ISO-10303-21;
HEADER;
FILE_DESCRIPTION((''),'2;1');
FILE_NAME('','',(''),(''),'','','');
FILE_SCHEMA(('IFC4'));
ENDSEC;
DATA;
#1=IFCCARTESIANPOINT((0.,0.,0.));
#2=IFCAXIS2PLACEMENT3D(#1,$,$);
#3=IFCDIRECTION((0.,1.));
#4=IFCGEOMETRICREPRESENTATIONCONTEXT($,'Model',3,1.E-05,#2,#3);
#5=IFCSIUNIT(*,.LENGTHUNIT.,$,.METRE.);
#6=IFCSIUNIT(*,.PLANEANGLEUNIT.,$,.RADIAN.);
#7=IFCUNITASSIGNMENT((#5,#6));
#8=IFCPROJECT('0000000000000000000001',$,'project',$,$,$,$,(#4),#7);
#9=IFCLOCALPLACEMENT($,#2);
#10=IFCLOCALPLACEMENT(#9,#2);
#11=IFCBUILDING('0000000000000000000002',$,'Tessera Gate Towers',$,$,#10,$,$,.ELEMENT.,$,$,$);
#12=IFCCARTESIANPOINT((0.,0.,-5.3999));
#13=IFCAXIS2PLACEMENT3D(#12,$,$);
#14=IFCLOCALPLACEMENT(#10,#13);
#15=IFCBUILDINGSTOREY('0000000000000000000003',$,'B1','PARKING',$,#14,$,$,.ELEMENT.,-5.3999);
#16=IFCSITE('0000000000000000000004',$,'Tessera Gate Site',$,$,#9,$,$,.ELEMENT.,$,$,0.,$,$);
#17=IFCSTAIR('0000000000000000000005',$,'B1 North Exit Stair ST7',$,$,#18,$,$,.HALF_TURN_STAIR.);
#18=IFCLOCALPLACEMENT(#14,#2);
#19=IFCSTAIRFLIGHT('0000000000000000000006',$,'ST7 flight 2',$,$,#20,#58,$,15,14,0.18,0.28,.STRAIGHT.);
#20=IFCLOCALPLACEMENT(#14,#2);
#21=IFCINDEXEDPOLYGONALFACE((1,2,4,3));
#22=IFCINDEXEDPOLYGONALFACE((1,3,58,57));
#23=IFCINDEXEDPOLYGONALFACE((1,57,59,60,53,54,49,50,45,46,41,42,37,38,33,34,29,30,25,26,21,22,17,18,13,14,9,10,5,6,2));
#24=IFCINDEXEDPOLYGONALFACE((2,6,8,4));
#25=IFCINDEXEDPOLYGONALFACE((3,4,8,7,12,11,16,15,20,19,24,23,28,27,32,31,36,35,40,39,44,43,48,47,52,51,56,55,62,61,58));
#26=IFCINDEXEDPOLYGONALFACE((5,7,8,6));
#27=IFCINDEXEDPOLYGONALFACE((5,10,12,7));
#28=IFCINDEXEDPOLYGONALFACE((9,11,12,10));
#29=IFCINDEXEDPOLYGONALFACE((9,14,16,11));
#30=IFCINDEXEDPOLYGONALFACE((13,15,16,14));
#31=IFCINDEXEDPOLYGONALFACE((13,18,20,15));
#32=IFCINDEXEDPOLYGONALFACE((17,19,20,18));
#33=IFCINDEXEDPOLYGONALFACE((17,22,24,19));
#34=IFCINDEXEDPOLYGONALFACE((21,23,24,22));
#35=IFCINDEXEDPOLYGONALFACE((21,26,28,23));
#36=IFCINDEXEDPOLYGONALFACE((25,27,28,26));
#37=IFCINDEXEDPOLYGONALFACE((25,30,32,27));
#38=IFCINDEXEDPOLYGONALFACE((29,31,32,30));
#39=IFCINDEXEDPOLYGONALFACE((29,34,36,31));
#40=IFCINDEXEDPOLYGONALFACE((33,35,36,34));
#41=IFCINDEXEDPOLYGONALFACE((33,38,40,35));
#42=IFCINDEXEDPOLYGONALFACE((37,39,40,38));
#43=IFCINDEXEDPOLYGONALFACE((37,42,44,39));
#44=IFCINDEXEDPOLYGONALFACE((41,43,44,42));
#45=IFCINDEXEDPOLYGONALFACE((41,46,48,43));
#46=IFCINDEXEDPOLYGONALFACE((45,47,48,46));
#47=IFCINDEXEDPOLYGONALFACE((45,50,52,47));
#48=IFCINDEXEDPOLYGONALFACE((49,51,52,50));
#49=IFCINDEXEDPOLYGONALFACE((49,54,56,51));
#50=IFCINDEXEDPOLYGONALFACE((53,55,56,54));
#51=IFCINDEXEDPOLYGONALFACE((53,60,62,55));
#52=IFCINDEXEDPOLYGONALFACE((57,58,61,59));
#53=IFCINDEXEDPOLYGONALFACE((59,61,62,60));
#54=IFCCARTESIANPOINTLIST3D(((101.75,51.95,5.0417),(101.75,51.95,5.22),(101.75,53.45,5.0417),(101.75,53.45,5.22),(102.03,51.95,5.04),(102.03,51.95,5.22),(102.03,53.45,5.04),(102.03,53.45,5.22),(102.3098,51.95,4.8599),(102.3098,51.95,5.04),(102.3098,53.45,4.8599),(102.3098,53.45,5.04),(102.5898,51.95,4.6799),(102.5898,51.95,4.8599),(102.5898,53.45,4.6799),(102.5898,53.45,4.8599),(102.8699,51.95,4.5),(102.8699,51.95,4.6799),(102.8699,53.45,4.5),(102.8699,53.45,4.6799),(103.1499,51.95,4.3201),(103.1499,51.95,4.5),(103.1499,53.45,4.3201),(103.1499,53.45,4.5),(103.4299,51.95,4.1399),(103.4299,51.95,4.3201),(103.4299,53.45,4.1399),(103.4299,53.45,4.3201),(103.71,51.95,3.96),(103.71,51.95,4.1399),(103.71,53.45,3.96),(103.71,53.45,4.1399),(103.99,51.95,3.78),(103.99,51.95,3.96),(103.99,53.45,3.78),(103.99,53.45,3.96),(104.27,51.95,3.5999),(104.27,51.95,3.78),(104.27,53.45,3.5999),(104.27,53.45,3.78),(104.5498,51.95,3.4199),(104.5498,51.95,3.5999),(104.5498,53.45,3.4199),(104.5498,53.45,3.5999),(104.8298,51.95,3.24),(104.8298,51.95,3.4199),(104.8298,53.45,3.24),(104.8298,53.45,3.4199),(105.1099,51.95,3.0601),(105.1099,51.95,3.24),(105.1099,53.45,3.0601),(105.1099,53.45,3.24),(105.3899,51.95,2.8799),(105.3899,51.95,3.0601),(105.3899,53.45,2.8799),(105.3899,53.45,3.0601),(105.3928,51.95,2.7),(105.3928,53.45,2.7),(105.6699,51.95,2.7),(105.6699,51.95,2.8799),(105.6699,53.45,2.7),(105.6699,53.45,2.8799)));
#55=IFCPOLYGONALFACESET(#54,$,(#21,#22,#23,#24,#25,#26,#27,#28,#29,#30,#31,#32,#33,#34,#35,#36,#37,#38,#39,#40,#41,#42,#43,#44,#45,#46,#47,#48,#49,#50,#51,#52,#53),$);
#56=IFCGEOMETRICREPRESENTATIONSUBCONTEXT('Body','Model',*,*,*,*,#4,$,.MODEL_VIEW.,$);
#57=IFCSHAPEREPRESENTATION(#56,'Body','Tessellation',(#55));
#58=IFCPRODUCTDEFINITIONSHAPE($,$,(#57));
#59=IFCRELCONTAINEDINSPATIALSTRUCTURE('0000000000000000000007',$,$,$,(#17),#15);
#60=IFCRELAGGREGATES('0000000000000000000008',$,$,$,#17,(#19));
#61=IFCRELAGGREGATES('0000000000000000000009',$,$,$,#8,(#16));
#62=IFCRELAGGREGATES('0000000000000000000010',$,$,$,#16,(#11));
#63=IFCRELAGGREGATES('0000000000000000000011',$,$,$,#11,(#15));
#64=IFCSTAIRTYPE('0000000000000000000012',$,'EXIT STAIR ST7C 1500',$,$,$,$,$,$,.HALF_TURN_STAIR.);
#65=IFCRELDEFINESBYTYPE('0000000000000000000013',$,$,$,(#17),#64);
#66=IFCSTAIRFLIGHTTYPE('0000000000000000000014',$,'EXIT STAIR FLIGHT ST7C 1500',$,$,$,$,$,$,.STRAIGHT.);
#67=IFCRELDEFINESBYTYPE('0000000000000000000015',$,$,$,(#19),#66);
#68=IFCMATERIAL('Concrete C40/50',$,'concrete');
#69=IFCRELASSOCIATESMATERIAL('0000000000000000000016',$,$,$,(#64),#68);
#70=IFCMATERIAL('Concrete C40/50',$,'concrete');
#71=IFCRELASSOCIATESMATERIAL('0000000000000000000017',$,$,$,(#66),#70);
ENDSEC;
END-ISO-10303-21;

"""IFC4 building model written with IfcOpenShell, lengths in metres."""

from ifc_helpers import new_model, si_unit, direction, frame, origin, place, context, subcontext, project, spatial, polyline, outline, extrude, material, type_object, element, aggregate, save


model = new_model("IFC4")

# Units and contexts
model_context = context("Model", 3, precision=1e-05, world=origin(), true_north=direction((0.0, 1.0)))
body_context = subcontext(model_context, "Body", "Model", "MODEL_VIEW")
ifc_project = project(units=[si_unit("LENGTHUNIT", "METRE"), si_unit("PLANEANGLEUNIT", "RADIAN")], contexts=[model_context])

# Site, building, storey
site_placement = place(None, origin())
site = spatial("IfcSite", under=ifc_project, at=site_placement, Name="Tessera Gate Site", CompositionType="ELEMENT", RefElevation=0.0)
building_placement = place(site_placement, origin())
building = spatial("IfcBuilding", under=site, at=building_placement, Name="Tessera Gate Towers", CompositionType="ELEMENT")
storey_placement = place(building_placement, frame((0.0, 0.0, -5.3999)))
storey = spatial("IfcBuildingStorey", under=building, at=storey_placement, Name="B1", Description="PARKING", CompositionType="ELEMENT", Elevation=-5.3999)

# Stair, stair flight
ifc_material_1 = material(Name="Concrete C40/50", Category="concrete")
stair_type = type_object("IfcStairType", Name="EXIT STAIR ST7C 1500", PredefinedType="HALF_TURN_STAIR", material=ifc_material_1)
stair_placement = place(storey_placement, origin())
stair = element("IfcStair", 1, at=stair_placement, inside=storey, type_object=stair_type, Name="B1 North Exit Stair ST7", PredefinedType="HALF_TURN_STAIR")
ifc_material_2 = material(Name="Concrete C40/50", Category="concrete")
stair_flight_type = type_object("IfcStairFlightType", Name="EXIT STAIR FLIGHT ST7C 1500", PredefinedType="STRAIGHT", material=ifc_material_2)
stair_flight_1_placement = place(storey_placement, frame((105.6699, 52.7, 2.7), z_axis=(0.0, 0.0, 1.0), x_axis=(-1.0, 0.0, 0.0)))
stair_flight_1 = element("IfcStairFlight", 2, at=stair_flight_1_placement, type_object=stair_flight_type, Name="ST7 flight 2", NumberOfRisers=15, NumberOfTreads=14, PredefinedType="STRAIGHT", RiserHeight=0.18, TreadLength=0.28, context=body_context, shape_type="SweptSolid", body=[
    extrude(outline(polyline([(0.0, 0.0), (0.0, 0.1799), (0.28, 0.1799), (0.28, 0.3601), (0.5601, 0.3601), (0.5601, 0.54), (0.8401, 0.54), (0.8401, 0.72), (1.1201, 0.72), (1.1201, 0.8999), (1.3999, 0.8999), (1.3999, 1.0801), (1.6799, 1.0801), (1.6799, 1.26), (1.96, 1.26), (1.96, 1.4399), (2.24, 1.4399), (2.24, 1.6201), (2.52, 1.6201), (2.52, 1.8), (2.8, 1.8), (2.8, 1.98), (3.0801, 1.98), (3.0801, 2.1599), (3.3601, 2.1599), (3.3601, 2.3401), (3.6399, 2.3401), (3.6399, 2.52), (3.9199, 2.52), (3.9199, 2.7), (3.9199, 2.3418), (0.2771, 0.0), (0.0, 0.0)])), frame((0.0, 0.75, 0.0), z_axis=(0.0, -1.0, 0.0), x_axis=(1.0, 0.0, 0.0)), (0.0, 0.0, 1.0), 1.5),
])
aggregate(stair, [stair_flight_1])

save(model, "model.ifc")
